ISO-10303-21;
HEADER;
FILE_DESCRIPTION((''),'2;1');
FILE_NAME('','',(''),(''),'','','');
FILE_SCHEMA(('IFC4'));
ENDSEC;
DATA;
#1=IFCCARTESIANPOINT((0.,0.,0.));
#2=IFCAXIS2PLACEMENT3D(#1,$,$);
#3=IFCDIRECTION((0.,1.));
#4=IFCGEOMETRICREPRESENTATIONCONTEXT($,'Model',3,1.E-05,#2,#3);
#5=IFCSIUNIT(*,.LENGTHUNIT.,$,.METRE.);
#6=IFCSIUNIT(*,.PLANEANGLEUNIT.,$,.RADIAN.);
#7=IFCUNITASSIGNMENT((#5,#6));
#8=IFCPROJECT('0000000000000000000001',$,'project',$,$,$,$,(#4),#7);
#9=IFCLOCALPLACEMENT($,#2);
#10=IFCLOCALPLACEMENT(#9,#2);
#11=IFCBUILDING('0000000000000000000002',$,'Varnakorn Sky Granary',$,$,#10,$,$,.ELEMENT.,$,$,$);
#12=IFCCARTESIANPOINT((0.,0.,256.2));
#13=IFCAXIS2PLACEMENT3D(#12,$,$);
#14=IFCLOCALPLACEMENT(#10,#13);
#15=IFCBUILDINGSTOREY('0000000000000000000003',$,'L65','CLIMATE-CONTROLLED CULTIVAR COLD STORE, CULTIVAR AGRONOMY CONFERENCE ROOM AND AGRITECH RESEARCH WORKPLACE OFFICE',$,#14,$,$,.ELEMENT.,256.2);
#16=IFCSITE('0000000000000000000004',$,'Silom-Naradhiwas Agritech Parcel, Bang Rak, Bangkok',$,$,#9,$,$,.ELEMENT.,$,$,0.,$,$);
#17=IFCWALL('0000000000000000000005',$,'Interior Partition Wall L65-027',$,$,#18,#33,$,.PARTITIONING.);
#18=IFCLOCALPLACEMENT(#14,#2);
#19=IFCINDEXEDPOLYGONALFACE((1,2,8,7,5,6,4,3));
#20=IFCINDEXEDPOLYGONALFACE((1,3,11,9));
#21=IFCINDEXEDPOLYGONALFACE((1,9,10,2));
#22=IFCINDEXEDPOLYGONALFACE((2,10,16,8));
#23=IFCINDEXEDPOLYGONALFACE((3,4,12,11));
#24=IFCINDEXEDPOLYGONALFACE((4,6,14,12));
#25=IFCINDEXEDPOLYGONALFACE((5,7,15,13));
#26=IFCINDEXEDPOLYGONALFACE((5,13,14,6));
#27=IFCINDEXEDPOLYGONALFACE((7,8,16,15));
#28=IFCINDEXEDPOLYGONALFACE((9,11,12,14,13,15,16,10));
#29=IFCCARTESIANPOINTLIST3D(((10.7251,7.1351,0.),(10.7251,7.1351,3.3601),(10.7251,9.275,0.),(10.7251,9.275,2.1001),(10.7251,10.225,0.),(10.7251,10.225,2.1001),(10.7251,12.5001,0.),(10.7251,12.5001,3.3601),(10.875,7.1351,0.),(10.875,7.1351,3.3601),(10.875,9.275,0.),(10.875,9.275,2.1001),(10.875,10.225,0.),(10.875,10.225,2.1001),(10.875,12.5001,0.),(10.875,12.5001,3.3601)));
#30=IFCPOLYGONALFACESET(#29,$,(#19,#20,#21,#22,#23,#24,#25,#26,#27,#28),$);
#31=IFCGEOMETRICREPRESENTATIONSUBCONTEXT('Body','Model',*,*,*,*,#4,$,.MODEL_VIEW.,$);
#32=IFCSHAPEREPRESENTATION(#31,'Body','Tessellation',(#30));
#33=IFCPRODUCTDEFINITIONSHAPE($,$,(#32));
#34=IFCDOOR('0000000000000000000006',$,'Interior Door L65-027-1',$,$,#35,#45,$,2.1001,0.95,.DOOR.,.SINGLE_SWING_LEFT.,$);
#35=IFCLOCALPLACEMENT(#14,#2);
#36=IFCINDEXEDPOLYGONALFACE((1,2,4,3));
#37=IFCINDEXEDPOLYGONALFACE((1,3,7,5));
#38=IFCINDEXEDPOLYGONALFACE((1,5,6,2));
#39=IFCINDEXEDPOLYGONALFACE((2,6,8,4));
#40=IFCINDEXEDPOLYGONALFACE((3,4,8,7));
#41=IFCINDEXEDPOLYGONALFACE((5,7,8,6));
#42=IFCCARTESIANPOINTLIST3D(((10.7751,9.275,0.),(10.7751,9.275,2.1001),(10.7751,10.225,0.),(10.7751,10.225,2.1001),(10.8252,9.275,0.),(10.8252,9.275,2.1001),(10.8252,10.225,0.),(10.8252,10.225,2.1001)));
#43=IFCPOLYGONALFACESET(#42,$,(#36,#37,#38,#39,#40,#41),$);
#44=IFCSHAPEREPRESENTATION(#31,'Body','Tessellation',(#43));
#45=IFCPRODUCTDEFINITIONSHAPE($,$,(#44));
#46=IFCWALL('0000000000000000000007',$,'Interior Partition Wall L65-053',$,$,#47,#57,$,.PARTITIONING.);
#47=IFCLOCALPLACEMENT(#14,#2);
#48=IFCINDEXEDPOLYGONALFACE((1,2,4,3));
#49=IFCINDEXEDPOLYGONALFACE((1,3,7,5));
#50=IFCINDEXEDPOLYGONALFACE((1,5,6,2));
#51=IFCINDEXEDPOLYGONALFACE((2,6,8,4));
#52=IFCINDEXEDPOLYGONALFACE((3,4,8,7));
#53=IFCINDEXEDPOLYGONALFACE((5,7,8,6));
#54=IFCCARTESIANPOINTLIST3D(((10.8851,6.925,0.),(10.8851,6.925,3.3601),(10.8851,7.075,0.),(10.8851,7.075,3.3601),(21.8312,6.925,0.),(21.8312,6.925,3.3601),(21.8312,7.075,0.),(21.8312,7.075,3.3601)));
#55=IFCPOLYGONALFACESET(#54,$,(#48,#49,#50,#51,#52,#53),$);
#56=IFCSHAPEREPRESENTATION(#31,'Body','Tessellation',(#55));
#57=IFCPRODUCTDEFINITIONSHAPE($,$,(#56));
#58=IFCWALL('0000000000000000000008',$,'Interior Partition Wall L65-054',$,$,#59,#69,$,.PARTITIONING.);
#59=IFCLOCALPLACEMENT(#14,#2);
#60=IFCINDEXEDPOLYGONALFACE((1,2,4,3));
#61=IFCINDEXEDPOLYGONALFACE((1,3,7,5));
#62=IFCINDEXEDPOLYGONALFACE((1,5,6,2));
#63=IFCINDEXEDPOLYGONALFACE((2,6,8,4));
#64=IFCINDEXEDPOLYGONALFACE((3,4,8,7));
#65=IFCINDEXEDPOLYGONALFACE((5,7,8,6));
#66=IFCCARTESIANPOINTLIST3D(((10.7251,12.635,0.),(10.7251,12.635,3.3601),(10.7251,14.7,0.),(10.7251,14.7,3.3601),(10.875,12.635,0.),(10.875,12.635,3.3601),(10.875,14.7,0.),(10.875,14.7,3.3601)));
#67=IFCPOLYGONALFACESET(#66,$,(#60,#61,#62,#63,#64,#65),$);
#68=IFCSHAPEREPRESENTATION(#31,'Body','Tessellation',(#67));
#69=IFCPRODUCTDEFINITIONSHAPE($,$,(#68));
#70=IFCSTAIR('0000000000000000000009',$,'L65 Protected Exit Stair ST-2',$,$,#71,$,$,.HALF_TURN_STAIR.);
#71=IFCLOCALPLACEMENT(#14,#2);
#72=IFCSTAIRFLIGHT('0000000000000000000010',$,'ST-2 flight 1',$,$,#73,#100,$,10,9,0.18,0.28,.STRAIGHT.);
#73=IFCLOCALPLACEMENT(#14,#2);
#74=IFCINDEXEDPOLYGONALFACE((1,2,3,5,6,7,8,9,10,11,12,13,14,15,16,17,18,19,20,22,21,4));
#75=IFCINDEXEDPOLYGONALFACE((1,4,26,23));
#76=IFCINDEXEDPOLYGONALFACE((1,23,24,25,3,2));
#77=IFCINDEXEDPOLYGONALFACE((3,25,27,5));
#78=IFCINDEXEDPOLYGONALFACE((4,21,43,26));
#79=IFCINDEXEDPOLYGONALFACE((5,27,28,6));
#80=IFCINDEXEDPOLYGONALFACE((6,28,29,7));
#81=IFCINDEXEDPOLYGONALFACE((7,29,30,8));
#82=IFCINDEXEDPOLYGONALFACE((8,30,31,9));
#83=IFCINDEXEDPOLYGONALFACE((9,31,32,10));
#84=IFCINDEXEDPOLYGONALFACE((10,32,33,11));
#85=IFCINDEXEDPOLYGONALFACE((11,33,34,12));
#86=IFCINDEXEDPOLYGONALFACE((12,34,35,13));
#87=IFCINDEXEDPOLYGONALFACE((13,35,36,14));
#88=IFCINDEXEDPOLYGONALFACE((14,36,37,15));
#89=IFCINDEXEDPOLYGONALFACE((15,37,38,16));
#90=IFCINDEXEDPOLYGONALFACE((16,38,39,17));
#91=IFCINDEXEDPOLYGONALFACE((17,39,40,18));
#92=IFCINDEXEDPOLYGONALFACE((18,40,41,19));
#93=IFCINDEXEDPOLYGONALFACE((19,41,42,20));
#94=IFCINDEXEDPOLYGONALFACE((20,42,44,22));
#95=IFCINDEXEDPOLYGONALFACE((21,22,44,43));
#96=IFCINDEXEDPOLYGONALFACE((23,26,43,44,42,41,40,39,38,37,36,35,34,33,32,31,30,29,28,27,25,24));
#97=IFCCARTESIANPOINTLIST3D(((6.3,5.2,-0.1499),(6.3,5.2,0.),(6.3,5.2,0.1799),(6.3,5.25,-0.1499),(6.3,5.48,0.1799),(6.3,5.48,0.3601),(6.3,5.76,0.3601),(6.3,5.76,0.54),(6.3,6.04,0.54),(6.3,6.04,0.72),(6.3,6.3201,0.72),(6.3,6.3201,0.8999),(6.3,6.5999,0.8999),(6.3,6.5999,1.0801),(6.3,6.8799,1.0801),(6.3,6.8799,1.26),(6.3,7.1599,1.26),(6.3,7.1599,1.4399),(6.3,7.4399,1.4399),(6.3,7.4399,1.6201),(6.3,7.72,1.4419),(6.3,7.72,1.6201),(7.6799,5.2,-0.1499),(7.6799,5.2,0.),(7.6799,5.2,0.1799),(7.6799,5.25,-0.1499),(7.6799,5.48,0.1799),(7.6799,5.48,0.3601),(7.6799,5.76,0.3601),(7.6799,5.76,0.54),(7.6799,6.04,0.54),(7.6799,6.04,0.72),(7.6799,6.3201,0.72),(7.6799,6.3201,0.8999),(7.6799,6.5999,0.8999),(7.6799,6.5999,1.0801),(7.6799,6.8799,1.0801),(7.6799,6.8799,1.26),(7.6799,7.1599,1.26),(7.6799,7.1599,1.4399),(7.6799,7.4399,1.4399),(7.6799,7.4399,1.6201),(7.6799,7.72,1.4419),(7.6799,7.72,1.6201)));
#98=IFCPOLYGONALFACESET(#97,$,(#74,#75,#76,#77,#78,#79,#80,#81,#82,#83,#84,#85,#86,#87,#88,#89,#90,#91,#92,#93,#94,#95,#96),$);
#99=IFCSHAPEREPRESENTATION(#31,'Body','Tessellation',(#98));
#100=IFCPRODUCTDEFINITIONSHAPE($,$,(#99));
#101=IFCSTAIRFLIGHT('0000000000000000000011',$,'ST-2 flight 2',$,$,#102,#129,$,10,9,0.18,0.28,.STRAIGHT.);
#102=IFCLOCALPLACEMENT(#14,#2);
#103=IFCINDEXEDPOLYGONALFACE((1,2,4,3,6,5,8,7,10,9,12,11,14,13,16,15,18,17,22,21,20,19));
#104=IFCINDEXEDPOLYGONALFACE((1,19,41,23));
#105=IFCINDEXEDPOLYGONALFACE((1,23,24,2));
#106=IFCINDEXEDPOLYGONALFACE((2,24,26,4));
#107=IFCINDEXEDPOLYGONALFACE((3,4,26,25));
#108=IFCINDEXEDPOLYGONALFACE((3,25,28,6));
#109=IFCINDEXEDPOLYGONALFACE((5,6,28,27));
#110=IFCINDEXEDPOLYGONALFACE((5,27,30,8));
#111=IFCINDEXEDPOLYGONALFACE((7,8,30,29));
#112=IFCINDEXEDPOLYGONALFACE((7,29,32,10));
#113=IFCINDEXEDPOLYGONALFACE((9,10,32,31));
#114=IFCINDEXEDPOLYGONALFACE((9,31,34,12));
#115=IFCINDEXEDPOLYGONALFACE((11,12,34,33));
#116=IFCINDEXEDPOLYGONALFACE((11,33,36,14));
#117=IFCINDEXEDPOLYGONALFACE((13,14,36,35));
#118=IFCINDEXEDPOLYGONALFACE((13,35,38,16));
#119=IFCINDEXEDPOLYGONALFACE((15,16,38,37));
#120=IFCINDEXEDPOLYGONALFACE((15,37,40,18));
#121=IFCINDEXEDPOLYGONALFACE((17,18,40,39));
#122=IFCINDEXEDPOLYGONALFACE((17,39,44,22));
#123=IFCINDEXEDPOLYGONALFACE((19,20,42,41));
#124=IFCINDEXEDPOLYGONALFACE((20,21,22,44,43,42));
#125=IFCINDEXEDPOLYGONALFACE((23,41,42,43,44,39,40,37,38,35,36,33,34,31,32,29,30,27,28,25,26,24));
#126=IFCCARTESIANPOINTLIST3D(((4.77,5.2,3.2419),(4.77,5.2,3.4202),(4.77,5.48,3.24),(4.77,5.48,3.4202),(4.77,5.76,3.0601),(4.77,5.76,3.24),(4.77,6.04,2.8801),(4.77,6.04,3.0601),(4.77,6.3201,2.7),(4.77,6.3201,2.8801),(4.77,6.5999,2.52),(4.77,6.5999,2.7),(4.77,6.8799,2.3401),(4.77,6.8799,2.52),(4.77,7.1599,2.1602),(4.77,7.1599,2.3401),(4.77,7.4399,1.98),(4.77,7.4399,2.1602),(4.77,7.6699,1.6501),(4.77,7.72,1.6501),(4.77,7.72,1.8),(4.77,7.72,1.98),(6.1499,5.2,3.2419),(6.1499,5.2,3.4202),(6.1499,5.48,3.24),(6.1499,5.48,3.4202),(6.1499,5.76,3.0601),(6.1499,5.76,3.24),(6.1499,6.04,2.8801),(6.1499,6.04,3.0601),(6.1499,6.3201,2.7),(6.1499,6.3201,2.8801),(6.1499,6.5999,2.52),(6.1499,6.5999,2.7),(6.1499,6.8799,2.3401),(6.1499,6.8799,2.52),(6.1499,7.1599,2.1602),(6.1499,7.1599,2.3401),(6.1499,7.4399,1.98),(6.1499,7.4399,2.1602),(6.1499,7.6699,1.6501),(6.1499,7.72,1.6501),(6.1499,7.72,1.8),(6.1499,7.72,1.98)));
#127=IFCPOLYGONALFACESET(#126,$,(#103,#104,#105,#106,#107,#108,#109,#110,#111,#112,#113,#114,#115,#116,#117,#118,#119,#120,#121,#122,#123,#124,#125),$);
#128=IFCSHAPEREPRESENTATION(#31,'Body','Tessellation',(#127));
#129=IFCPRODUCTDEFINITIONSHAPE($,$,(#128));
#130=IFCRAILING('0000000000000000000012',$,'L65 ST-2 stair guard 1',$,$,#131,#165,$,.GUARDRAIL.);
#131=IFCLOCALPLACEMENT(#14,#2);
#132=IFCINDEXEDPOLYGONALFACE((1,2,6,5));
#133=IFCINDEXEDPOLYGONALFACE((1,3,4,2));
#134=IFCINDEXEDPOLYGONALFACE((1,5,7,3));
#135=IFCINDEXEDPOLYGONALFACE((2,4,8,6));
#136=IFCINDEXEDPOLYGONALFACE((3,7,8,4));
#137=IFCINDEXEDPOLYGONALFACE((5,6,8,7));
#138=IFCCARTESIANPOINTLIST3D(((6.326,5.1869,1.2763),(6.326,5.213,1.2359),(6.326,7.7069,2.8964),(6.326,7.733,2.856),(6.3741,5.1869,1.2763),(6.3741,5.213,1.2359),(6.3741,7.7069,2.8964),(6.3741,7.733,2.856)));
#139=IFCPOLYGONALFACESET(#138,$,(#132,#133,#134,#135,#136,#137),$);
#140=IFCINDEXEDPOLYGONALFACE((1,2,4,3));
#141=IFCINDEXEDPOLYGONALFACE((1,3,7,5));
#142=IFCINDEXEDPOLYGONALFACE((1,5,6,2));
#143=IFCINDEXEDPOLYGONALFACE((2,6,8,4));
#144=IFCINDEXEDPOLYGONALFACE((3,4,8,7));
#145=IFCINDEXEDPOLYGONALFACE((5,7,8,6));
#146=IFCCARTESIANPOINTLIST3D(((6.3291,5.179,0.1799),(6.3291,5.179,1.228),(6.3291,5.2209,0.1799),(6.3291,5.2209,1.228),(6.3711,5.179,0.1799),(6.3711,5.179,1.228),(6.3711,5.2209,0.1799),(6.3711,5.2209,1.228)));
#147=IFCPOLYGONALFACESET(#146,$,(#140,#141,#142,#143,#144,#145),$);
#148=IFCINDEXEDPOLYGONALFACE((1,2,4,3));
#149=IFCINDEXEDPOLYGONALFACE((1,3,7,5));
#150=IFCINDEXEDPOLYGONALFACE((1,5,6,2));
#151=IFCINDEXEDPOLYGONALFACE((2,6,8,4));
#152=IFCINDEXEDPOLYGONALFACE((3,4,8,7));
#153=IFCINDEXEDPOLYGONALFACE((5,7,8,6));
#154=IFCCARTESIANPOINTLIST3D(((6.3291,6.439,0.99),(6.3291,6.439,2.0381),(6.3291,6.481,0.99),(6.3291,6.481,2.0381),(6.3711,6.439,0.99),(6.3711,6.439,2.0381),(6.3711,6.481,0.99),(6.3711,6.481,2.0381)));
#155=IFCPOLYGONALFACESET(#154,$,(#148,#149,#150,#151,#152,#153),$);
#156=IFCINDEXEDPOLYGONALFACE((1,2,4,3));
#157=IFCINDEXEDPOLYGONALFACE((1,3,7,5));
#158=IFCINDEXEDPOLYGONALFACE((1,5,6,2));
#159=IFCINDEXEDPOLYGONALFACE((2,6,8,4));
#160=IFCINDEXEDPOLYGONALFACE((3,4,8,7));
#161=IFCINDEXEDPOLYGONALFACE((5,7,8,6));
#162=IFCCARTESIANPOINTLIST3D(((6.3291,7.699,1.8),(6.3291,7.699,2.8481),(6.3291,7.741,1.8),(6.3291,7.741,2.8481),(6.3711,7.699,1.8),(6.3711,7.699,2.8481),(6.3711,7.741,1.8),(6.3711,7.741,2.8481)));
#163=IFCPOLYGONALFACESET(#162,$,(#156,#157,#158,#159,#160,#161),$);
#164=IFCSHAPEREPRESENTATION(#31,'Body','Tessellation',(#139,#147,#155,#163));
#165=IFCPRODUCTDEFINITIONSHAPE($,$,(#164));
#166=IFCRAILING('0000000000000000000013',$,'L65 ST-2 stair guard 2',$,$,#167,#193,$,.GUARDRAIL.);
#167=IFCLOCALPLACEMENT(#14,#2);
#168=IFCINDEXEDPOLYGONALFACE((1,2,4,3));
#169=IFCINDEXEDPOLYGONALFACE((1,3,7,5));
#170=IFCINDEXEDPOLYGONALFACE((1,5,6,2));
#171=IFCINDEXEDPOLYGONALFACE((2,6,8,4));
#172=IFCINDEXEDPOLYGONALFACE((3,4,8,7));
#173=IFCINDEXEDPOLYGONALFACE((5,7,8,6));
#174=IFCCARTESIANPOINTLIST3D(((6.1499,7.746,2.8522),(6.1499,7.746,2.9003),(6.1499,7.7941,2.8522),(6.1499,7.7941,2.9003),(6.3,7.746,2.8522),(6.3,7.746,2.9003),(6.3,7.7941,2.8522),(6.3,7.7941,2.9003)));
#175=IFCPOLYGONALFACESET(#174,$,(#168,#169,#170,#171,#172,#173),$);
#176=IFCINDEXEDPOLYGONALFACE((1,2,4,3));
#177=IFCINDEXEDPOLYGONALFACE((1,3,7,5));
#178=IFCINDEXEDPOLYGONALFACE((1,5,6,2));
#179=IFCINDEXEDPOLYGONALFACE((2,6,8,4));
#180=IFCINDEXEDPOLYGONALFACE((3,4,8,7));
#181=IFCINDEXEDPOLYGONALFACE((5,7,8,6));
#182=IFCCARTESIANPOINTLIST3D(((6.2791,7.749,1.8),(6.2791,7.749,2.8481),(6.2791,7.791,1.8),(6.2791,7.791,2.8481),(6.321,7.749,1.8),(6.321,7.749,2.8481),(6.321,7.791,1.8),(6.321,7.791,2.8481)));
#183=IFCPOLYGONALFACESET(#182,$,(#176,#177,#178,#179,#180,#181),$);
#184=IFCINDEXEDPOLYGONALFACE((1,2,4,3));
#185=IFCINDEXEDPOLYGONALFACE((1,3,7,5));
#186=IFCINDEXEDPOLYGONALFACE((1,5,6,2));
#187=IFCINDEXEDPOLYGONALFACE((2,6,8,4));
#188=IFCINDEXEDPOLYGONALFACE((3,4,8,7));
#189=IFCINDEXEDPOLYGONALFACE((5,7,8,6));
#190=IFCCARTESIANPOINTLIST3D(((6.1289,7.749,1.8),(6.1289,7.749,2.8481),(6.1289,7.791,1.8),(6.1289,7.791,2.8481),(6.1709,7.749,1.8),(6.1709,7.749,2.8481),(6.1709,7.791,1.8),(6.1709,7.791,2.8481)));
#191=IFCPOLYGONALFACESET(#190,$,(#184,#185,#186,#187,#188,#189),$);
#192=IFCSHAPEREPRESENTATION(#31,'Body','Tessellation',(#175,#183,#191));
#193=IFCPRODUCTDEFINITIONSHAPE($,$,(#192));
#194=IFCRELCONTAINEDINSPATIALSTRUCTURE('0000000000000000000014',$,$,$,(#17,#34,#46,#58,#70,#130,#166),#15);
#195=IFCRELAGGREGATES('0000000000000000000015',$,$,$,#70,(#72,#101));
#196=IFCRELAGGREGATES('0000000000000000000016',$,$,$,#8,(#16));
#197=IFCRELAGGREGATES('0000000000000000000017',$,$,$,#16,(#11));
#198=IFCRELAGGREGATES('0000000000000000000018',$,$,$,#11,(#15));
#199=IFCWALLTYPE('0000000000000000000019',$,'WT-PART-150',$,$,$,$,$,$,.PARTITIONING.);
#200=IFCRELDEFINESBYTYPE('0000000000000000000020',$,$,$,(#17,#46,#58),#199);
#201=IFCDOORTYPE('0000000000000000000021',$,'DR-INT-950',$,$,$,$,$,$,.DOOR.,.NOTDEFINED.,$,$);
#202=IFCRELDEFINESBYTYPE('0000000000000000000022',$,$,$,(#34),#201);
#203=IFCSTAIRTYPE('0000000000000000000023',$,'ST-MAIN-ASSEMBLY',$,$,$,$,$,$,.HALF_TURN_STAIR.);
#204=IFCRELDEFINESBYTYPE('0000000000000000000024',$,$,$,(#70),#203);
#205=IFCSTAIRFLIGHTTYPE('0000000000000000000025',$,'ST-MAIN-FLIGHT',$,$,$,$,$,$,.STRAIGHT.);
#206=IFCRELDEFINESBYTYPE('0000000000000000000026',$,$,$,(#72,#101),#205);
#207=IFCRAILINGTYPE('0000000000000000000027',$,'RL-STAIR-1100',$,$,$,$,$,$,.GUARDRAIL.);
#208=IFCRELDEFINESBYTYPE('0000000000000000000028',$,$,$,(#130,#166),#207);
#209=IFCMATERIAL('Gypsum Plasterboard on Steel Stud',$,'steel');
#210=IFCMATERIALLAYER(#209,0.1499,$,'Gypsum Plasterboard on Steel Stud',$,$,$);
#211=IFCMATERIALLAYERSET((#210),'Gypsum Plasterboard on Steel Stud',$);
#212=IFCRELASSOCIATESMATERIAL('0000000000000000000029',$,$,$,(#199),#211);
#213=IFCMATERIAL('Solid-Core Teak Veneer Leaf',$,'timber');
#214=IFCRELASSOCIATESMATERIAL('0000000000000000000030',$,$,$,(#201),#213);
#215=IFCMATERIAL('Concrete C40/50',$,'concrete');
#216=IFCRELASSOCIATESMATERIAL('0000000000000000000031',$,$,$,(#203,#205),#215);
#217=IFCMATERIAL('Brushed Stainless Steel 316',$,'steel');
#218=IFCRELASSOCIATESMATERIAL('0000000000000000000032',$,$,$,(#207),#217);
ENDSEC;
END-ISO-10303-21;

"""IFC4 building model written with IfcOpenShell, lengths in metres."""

from ifc_helpers import new_model, si_unit, direction, frame, frame_2d, origin, origin_2d, place, context, subcontext, project, spatial, polyline, rectangle, outline, extrude, material, layer, layer_set, type_object, element, fill, aggregate, save


model = new_model("IFC4")

# Units and contexts
model_context = context("Model", 3, precision=1e-05, world=origin(), true_north=direction((0.0, 1.0)))
body_context = subcontext(model_context, "Body", "Model", "MODEL_VIEW")
ifc_project = project(units=[si_unit("LENGTHUNIT", "METRE"), si_unit("PLANEANGLEUNIT", "RADIAN")], contexts=[model_context])

# Site, building, storey
site_placement = place(None, origin())
site = spatial("IfcSite", under=ifc_project, at=site_placement, Name="Silom-Naradhiwas Agritech Parcel, Bang Rak, Bangkok", CompositionType="ELEMENT", RefElevation=0.0)
building_placement = place(site_placement, origin())
building = spatial("IfcBuilding", under=site, at=building_placement, Name="Varnakorn Sky Granary", CompositionType="ELEMENT")
storey_placement = place(building_placement, frame((0.0, 0.0, 256.2)))
storey = spatial("IfcBuildingStorey", under=building, at=storey_placement, Name="L65", Description="CLIMATE-CONTROLLED CULTIVAR COLD STORE, CULTIVAR AGRONOMY CONFERENCE ROOM AND AGRITECH RESEARCH WORKPLACE OFFICE", CompositionType="ELEMENT", Elevation=256.2)

# Wall, opening, door
ifc_material_1 = material(Name="Gypsum Plasterboard on Steel Stud", Category="steel")
ifc_layer_1 = layer(ifc_material_1, 0.1499, Name="Gypsum Plasterboard on Steel Stud")
ifc_layer_set_1 = layer_set([ifc_layer_1], Name="Gypsum Plasterboard on Steel Stud")
wall_type_1 = type_object("IfcWallType", Name="WT-PART-150", PredefinedType="PARTITIONING", material=ifc_layer_set_1)
wall_1_placement = place(storey_placement, frame((10.8, 7.135, 0.0), z_axis=(0.0, 0.0, 1.0), x_axis=(0.0, 1.0, 0.0)))
wall_1 = element("IfcWall", 1, at=wall_1_placement, inside=storey, type_object=wall_type_1, Name="Interior Partition Wall L65-027", PredefinedType="PARTITIONING", context=body_context, shape_type="SweptSolid", body=[
    extrude(rectangle(XDim=5.365, YDim=0.1499, at=frame_2d((2.6826, 0.0))), origin(), (0.0, 0.0, 1.0), 3.3601),
])
opening_placement = place(wall_1_placement, frame((2.1399, 0.0, 0.0)))
opening = element("IfcOpeningElement", 2, at=opening_placement, cuts=wall_1, PredefinedType="OPENING", context=body_context, shape_type="SweptSolid", body=[
    extrude(rectangle(XDim=0.95, YDim=2.1001, at=frame_2d((0.4751, 1.05))), frame((0.0, 0.085, 0.0), z_axis=(0.0, -1.0, 0.0), x_axis=(1.0, 0.0, 0.0)), (0.0, 0.0, 1.0), 0.1699),
])
ifc_material_2 = material(Name="Solid-Core Teak Veneer Leaf", Category="timber")
door_type = type_object("IfcDoorType", Name="DR-INT-950", OperationType="NOTDEFINED", PredefinedType="DOOR", material=ifc_material_2)
door_placement = place(opening_placement, origin())
door = element("IfcDoor", 3, at=door_placement, inside=storey, type_object=door_type, Name="Interior Door L65-027-1", OperationType="SINGLE_SWING_LEFT", OverallHeight=2.1001, OverallWidth=0.95, PredefinedType="DOOR", context=body_context, shape_type="SweptSolid", body=[
    extrude(rectangle(XDim=0.95, YDim=2.1001, at=frame_2d((0.4751, 1.05))), frame((0.0, 0.0249, 0.0), z_axis=(0.0, -1.0, 0.0), x_axis=(1.0, 0.0, 0.0)), (0.0, 0.0, 1.0), 0.05),
])
fill(opening, door)

# Walls
wall_2_placement = place(storey_placement, frame((10.885, 7.0, 0.0), z_axis=(0.0, 0.0, 1.0), x_axis=(1.0, 0.0, 0.0)))
element("IfcWall", 4, at=wall_2_placement, inside=storey, type_object=wall_type_1, Name="Interior Partition Wall L65-053", PredefinedType="PARTITIONING", context=body_context, shape_type="SweptSolid", body=[
    extrude(rectangle(XDim=10.946, YDim=0.1499, at=frame_2d((5.4731, 0.0))), origin(), (0.0, 0.0, 1.0), 3.3601),
])
wall_3_placement = place(storey_placement, frame((10.8, 12.635, 0.0), z_axis=(0.0, 0.0, 1.0), x_axis=(0.0, 1.0, 0.0)))
element("IfcWall", 5, at=wall_3_placement, inside=storey, type_object=wall_type_1, Name="Interior Partition Wall L65-054", PredefinedType="PARTITIONING", context=body_context, shape_type="SweptSolid", body=[
    extrude(rectangle(XDim=2.0649, YDim=0.1499, at=frame_2d((1.0325, 0.0))), origin(), (0.0, 0.0, 1.0), 3.3601),
])

# Stair, stair flights
ifc_material_3 = material(Name="Concrete C40/50", Category="concrete")
stair_type = type_object("IfcStairType", Name="ST-MAIN-ASSEMBLY", PredefinedType="HALF_TURN_STAIR", material=ifc_material_3)
stair_placement = place(storey_placement, origin())
stair = element("IfcStair", 6, at=stair_placement, inside=storey, type_object=stair_type, Name="L65 Protected Exit Stair ST-2", PredefinedType="HALF_TURN_STAIR")
stair_flight_type = type_object("IfcStairFlightType", Name="ST-MAIN-FLIGHT", PredefinedType="STRAIGHT", material=ifc_material_3)
stair_flight_1_placement = place(storey_placement, frame((6.99, 5.2, 0.0), z_axis=(0.0, 0.0, 1.0), x_axis=(0.0, 1.0, 0.0)))
stair_flight_1 = element("IfcStairFlight", 7, at=stair_flight_1_placement, type_object=stair_flight_type, Name="ST-2 flight 1", NumberOfRisers=10, NumberOfTreads=9, PredefinedType="STRAIGHT", RiserHeight=0.18, TreadLength=0.28, context=body_context, shape_type="SweptSolid", body=[
    extrude(outline(polyline([(0.0, -0.1499), (0.0, 0.0), (0.0, 0.1799), (0.28, 0.1799), (0.28, 0.3601), (0.5601, 0.3601), (0.5601, 0.54), (0.8401, 0.54), (0.8401, 0.72), (1.1201, 0.72), (1.1201, 0.8999), (1.3999, 0.8999), (1.3999, 1.0801), (1.6799, 1.0801), (1.6799, 1.26), (1.96, 1.26), (1.96, 1.4399), (2.24, 1.4399), (2.24, 1.6201), (2.52, 1.6201), (2.52, 1.8), (2.52, 1.4419), (0.05, -0.1499), (0.0, -0.1499)])), frame((0.0, 0.6899, 0.0), z_axis=(0.0, -1.0, 0.0), x_axis=(1.0, 0.0, 0.0)), (0.0, 0.0, 1.0), 1.3799),
])
stair_flight_2_placement = place(storey_placement, frame((5.46, 7.72, 1.8), z_axis=(0.0, 0.0, 1.0), x_axis=(0.0, -1.0, 0.0)))
stair_flight_2 = element("IfcStairFlight", 8, at=stair_flight_2_placement, type_object=stair_flight_type, Name="ST-2 flight 2", NumberOfRisers=10, NumberOfTreads=9, PredefinedType="STRAIGHT", RiserHeight=0.18, TreadLength=0.28, context=body_context, shape_type="SweptSolid", body=[
    extrude(outline(polyline([(0.0, -0.1499), (0.0, 0.0), (0.0, 0.1799), (0.28, 0.1799), (0.28, 0.3601), (0.5601, 0.3601), (0.5601, 0.54), (0.8401, 0.54), (0.8401, 0.72), (1.1201, 0.72), (1.1201, 0.8999), (1.3999, 0.8999), (1.3999, 1.0801), (1.6799, 1.0801), (1.6799, 1.26), (1.96, 1.26), (1.96, 1.4399), (2.24, 1.4399), (2.24, 1.6201), (2.52, 1.6201), (2.52, 1.8), (2.52, 1.4419), (0.05, -0.1499), (0.0, -0.1499)])), frame((0.0, 0.6899, 0.0), z_axis=(0.0, -1.0, 0.0), x_axis=(1.0, 0.0, 0.0)), (0.0, 0.0, 1.0), 1.3799),
])
aggregate(stair, [stair_flight_1, stair_flight_2])

# Railings
ifc_material_4 = material(Name="Brushed Stainless Steel 316", Category="steel")
railing_type_1 = type_object("IfcRailingType", Name="RL-STAIR-1100", PredefinedType="GUARDRAIL", material=ifc_material_4)
railing_1_placement = place(storey_placement, frame((6.3501, 5.2, 0.1799)))
element("IfcRailing", 9, at=railing_1_placement, inside=storey, type_object=railing_type_1, Name="L65 ST-2 stair guard 1", PredefinedType="GUARDRAIL", context=body_context, shape_type="SweptSolid", body=[
    extrude(rectangle(XDim=0.0481, YDim=0.0481, at=origin_2d()), frame((0.0, 0.0, 1.0762), z_axis=(0.0, 0.841163, 0.540782), x_axis=(-1.0, 0.0, 0.0)), (0.0, 0.0, 1.0), 2.9958),
    extrude(rectangle(XDim=0.042, YDim=0.042, at=origin_2d()), origin(), (0.0, 0.0, 1.0), 1.0481),
    extrude(rectangle(XDim=0.042, YDim=0.042, at=origin_2d()), frame((0.0, 1.26, 0.8101)), (0.0, 0.0, 1.0), 1.0481),
    extrude(rectangle(XDim=0.042, YDim=0.042, at=origin_2d()), frame((0.0, 2.52, 1.6201)), (0.0, 0.0, 1.0), 1.0481),
])
railing_2_placement = place(storey_placement, frame((6.3, 7.77, 1.8)))
element("IfcRailing", 10, at=railing_2_placement, inside=storey, type_object=railing_type_1, Name="L65 ST-2 stair guard 2", PredefinedType="GUARDRAIL", context=body_context, shape_type="SweptSolid", body=[
    extrude(rectangle(XDim=0.0481, YDim=0.0481, at=origin_2d()), frame((0.0, 0.0, 1.0762), z_axis=(-1.0, 0.0, 0.0), x_axis=(0.0, -1.0, 0.0)), (0.0, 0.0, 1.0), 0.1501),
    extrude(rectangle(XDim=0.042, YDim=0.042, at=origin_2d()), origin(), (0.0, 0.0, 1.0), 1.0481),
    extrude(rectangle(XDim=0.042, YDim=0.042, at=origin_2d()), frame((-0.1501, 0.0, 0.0)), (0.0, 0.0, 1.0), 1.0481),
])

save(model, "model.ifc")
